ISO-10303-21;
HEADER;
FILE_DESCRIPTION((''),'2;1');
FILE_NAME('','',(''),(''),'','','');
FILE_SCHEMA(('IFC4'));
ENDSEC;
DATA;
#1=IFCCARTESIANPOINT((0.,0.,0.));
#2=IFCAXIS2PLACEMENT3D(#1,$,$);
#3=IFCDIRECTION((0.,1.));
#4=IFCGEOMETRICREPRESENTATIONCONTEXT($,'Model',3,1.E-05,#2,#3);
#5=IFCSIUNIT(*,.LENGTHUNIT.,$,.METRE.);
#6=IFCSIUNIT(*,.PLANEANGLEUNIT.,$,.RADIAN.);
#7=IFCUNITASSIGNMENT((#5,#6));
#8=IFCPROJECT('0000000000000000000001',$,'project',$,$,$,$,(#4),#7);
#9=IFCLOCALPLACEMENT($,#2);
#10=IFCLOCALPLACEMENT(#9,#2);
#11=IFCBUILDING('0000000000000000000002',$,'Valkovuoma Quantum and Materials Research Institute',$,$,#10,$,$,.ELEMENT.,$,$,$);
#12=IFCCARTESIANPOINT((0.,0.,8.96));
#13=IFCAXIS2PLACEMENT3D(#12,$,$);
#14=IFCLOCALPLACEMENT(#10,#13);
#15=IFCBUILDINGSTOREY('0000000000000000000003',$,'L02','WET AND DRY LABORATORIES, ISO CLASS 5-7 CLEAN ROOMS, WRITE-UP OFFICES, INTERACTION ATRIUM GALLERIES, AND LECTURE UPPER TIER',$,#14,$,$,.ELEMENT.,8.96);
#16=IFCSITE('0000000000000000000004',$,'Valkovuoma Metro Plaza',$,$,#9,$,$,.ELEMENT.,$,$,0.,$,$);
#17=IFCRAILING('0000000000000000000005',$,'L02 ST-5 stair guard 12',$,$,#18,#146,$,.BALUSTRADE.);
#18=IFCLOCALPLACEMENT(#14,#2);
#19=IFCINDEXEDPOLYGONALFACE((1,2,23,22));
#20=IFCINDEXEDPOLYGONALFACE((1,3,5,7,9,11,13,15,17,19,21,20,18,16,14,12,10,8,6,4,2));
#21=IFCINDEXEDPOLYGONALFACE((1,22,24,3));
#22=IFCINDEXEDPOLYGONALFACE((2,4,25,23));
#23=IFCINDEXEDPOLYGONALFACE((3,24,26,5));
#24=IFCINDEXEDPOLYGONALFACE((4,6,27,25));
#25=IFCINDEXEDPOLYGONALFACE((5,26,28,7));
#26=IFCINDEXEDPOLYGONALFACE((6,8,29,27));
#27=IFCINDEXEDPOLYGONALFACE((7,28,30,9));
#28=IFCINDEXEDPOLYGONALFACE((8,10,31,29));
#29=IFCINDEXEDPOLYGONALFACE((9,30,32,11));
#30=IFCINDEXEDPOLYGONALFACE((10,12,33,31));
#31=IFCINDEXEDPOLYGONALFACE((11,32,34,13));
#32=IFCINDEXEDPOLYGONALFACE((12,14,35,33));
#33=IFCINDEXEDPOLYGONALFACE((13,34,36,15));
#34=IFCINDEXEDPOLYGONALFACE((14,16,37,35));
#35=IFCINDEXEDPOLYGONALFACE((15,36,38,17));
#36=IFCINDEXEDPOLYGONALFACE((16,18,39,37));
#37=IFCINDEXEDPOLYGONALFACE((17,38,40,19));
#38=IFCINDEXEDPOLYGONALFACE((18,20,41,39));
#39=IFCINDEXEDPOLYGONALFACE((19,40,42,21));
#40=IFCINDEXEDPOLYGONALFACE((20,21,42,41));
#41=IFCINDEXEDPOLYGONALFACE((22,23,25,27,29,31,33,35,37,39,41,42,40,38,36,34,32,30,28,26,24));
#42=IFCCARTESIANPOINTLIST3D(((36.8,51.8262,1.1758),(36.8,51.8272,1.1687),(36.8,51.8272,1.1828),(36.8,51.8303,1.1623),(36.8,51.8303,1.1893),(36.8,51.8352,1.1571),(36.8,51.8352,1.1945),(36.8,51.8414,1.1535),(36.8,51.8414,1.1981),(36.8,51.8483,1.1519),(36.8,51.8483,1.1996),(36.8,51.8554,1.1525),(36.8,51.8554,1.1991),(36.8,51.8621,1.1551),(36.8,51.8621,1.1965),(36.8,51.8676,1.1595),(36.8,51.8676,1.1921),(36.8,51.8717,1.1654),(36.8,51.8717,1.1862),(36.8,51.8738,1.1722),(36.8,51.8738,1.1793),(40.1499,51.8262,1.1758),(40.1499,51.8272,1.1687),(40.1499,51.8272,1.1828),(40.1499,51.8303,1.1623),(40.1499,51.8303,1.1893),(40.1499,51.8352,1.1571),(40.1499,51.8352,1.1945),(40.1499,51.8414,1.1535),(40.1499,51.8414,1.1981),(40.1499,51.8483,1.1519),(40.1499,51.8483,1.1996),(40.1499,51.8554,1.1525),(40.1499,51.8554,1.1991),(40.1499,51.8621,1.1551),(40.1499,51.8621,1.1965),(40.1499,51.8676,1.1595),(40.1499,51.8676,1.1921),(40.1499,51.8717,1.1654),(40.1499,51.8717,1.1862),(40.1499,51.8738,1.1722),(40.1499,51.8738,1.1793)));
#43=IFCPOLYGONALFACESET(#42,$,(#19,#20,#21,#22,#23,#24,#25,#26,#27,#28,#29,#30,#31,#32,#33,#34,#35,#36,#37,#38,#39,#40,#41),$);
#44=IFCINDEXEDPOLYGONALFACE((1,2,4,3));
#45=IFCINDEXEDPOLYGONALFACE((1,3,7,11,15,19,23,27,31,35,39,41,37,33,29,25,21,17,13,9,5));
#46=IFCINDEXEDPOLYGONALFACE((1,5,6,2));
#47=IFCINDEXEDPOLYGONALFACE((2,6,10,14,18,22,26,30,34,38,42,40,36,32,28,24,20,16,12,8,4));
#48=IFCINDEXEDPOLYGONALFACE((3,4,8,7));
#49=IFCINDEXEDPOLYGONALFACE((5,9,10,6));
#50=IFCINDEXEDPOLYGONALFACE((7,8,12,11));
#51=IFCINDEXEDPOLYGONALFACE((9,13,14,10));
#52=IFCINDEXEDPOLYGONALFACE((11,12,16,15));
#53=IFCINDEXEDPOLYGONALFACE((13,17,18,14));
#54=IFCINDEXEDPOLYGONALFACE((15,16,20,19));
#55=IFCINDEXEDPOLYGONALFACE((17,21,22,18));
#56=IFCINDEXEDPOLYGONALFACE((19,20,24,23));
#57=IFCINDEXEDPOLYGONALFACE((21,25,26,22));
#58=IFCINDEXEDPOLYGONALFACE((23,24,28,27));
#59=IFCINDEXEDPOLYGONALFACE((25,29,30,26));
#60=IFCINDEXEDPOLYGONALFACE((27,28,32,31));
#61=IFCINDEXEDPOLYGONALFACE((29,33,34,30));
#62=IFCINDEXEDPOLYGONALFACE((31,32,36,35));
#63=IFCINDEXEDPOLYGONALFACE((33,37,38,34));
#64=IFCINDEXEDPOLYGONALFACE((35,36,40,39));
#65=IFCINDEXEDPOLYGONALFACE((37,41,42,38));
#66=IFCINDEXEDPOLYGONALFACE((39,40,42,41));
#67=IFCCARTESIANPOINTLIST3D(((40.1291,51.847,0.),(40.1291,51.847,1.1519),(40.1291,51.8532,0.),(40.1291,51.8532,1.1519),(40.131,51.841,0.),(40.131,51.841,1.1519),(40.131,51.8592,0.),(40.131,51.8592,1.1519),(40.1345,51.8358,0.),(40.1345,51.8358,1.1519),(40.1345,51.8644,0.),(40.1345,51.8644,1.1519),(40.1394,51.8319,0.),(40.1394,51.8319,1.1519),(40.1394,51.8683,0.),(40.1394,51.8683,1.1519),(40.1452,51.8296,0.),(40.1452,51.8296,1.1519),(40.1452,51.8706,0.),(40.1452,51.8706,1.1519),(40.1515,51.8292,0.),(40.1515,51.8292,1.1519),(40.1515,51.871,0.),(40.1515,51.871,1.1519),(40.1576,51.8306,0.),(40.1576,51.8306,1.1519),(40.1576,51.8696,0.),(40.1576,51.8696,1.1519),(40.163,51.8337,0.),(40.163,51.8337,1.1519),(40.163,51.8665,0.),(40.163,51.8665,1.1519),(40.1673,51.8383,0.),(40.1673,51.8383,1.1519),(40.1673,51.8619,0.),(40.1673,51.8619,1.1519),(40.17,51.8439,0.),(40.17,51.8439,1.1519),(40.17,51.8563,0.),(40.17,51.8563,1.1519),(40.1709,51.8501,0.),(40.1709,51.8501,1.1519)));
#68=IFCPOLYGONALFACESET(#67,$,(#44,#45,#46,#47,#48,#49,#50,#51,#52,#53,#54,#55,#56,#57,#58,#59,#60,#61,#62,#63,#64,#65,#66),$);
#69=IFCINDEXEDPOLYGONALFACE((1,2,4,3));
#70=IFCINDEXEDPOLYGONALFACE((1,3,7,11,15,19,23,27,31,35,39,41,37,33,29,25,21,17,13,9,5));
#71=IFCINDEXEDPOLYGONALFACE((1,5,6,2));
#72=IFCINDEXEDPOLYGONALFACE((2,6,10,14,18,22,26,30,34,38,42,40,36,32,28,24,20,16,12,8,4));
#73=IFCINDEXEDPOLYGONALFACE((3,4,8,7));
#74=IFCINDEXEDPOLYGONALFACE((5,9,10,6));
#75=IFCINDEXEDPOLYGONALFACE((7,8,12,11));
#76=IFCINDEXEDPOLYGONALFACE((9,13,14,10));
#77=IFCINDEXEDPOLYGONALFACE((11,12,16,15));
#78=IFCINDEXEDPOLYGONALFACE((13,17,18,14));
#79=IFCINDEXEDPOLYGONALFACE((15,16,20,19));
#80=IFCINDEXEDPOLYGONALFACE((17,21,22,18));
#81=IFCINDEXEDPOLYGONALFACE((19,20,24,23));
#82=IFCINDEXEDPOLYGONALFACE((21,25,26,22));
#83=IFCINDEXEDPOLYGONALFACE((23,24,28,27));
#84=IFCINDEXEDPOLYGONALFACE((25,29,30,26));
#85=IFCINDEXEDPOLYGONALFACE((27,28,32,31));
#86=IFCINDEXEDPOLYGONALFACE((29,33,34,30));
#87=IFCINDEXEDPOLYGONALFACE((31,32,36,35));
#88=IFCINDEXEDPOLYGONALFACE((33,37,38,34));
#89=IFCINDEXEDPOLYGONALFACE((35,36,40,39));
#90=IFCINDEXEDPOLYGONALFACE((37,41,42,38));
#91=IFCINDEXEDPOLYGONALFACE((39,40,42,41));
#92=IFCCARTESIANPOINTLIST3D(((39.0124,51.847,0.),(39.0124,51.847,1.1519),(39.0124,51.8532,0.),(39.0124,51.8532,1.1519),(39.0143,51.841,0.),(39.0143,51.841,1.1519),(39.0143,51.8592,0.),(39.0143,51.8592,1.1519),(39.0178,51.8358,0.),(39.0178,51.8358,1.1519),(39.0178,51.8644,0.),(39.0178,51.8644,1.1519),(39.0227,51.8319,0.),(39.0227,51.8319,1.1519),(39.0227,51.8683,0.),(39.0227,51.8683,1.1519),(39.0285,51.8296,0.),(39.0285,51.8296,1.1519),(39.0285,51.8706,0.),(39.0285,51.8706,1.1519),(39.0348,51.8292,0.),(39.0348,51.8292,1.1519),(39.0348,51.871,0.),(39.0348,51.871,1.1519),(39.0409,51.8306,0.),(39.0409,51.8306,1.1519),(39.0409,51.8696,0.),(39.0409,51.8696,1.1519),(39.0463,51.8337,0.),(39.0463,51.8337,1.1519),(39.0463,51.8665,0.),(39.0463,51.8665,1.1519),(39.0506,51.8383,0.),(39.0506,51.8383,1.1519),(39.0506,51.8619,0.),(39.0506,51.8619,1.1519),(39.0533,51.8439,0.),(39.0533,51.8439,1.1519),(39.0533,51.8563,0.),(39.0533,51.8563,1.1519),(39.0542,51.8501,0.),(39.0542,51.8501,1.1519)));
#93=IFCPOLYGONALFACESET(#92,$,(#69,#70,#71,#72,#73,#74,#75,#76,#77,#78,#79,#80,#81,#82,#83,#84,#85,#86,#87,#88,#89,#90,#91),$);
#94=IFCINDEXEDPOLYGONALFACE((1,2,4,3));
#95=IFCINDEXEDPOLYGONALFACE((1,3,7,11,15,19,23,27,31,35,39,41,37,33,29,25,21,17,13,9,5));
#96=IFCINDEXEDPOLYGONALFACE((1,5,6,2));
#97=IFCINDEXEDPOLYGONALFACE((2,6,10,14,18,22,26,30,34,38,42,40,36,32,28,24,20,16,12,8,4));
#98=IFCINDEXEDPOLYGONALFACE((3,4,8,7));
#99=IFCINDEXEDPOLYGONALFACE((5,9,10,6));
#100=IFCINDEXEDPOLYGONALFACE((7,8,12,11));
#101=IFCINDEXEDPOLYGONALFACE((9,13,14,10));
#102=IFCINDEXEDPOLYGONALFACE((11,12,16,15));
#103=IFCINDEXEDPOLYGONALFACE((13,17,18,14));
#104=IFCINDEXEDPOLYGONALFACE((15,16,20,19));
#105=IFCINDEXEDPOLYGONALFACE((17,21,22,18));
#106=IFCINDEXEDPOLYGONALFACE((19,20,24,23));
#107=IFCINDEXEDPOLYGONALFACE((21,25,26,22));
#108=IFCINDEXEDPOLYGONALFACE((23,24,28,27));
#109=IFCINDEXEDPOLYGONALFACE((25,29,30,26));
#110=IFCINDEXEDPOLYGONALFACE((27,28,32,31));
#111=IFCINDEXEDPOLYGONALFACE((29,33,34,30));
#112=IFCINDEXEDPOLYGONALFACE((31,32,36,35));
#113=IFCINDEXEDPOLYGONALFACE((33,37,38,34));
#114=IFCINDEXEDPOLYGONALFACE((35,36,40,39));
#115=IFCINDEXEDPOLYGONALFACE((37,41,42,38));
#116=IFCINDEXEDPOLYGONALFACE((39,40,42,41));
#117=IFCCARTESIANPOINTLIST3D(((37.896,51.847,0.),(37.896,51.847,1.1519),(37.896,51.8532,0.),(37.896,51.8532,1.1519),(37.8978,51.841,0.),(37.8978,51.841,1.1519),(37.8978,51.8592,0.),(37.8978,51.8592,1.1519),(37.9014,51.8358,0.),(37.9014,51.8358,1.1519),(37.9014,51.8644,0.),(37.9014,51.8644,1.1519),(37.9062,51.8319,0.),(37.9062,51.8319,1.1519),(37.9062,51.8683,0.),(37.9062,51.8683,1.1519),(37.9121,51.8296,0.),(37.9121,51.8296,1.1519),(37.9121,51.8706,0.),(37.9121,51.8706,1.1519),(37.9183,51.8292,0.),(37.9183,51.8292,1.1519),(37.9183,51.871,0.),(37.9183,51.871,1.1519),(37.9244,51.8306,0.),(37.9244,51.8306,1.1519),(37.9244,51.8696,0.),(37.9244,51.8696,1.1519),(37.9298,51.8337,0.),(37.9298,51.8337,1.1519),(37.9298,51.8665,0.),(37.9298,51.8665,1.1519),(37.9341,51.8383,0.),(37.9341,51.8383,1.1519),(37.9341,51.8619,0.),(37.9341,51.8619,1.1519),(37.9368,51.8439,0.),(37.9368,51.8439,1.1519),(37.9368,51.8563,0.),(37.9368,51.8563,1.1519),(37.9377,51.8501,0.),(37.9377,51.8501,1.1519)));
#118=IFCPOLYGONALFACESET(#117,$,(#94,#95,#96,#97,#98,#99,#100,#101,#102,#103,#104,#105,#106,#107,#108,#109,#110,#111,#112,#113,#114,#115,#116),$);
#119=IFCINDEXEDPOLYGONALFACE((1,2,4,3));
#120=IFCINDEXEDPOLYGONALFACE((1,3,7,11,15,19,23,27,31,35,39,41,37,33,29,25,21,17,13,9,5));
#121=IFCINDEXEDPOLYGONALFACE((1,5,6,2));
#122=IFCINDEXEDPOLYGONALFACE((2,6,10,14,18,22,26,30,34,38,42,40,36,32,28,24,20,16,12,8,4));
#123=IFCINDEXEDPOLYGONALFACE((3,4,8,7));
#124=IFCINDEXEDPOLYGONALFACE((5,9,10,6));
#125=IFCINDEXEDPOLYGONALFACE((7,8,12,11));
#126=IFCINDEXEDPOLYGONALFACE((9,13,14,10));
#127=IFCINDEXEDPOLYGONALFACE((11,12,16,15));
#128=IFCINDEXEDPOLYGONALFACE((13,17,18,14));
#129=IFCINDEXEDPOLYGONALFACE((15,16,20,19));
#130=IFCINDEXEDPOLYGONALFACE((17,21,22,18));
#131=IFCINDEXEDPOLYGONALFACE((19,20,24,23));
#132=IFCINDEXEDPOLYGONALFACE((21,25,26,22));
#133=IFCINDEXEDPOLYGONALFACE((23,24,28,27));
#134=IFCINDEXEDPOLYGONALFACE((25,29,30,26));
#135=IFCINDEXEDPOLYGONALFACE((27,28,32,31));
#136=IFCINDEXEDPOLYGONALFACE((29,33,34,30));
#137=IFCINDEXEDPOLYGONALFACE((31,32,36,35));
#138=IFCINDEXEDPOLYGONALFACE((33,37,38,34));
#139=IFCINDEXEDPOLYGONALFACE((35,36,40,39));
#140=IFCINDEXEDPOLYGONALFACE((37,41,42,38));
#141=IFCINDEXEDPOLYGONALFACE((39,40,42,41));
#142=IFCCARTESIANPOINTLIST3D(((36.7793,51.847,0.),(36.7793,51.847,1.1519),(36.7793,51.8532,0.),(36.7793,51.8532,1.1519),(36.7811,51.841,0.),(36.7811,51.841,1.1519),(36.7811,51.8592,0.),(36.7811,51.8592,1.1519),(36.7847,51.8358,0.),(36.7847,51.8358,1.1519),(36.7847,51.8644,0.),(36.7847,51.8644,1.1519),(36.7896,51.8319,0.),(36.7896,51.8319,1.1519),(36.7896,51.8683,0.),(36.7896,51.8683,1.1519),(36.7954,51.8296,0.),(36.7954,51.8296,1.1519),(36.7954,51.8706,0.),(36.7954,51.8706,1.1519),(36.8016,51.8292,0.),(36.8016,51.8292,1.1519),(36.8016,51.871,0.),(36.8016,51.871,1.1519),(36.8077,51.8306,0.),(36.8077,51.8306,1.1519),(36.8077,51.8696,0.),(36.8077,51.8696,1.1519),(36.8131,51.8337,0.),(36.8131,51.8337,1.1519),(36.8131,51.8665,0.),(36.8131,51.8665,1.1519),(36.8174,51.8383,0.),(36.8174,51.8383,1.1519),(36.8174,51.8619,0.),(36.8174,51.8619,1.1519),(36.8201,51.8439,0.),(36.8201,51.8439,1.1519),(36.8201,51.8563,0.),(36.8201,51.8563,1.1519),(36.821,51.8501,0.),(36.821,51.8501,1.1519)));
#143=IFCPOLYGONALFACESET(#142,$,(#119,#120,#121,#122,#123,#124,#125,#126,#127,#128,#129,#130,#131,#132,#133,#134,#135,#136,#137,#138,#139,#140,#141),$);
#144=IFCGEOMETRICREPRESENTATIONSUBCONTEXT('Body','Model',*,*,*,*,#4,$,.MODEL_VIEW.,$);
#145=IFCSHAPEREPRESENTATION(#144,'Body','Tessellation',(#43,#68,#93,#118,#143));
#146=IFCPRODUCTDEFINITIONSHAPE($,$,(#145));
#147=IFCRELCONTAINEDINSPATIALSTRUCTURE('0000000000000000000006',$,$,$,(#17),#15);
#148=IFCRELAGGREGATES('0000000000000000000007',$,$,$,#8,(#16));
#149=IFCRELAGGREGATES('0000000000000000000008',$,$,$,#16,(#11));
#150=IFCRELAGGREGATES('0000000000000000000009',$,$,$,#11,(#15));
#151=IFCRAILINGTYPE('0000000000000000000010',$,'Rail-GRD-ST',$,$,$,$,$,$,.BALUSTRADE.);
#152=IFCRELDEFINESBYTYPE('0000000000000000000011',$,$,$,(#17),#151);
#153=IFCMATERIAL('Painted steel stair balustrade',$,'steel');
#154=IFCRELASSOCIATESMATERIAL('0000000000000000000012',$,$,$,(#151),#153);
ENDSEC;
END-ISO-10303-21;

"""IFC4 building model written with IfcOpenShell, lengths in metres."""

from ifc_helpers import new_model, si_unit, direction, frame, origin, origin_2d, place, context, subcontext, project, spatial, circle, extrude, material, type_object, element, save


model = new_model("IFC4")

# Units and contexts
model_context = context("Model", 3, precision=1e-05, world=origin(), true_north=direction((0.0, 1.0)))
body_context = subcontext(model_context, "Body", "Model", "MODEL_VIEW")
ifc_project = project(units=[si_unit("LENGTHUNIT", "METRE"), si_unit("PLANEANGLEUNIT", "RADIAN")], contexts=[model_context])

# Site, building, storey
site_placement = place(None, origin())
site = spatial("IfcSite", under=ifc_project, at=site_placement, Name="Valkovuoma Metro Plaza", CompositionType="ELEMENT", RefElevation=0.0)
building_placement = place(site_placement, origin())
building = spatial("IfcBuilding", under=site, at=building_placement, Name="Valkovuoma Quantum and Materials Research Institute", CompositionType="ELEMENT")
storey_placement = place(building_placement, frame((0.0, 0.0, 8.96)))
storey = spatial("IfcBuildingStorey", under=building, at=storey_placement, Name="L02", Description="WET AND DRY LABORATORIES, ISO CLASS 5-7 CLEAN ROOMS, WRITE-UP OFFICES, INTERACTION ATRIUM GALLERIES, AND LECTURE UPPER TIER", CompositionType="ELEMENT", Elevation=8.96)

# Railing
ifc_material_1 = material(Name="Painted steel stair balustrade", Category="steel")
railing_type_1 = type_object("IfcRailingType", Name="Rail-GRD-ST", PredefinedType="BALUSTRADE", material=ifc_material_1)
railing_1_placement = place(storey_placement, frame((40.1499, 51.8501, 0.0)))
element("IfcRailing", 1, at=railing_1_placement, inside=storey, type_object=railing_type_1, Name="L02 ST-5 stair guard 12", PredefinedType="BALUSTRADE", context=body_context, shape_type="SweptSolid", body=[
    extrude(circle(Radius=0.0239, at=origin_2d()), frame((0.0, 0.0, 1.1758), z_axis=(-1.0, 0.0, 0.0), x_axis=(0.0, -1.0, 0.0)), (0.0, 0.0, 1.0), 3.3499),
    extrude(circle(Radius=0.021, at=origin_2d()), origin(), (0.0, 0.0, 1.0), 1.1519),
    extrude(circle(Radius=0.021, at=origin_2d()), frame((-1.1167, 0.0, 0.0)), (0.0, 0.0, 1.0), 1.1519),
    extrude(circle(Radius=0.021, at=origin_2d()), frame((-2.2332, 0.0, 0.0)), (0.0, 0.0, 1.0), 1.1519),
    extrude(circle(Radius=0.021, at=origin_2d()), frame((-3.3499, 0.0, 0.0)), (0.0, 0.0, 1.0), 1.1519),
])

save(model, "model.ifc")
